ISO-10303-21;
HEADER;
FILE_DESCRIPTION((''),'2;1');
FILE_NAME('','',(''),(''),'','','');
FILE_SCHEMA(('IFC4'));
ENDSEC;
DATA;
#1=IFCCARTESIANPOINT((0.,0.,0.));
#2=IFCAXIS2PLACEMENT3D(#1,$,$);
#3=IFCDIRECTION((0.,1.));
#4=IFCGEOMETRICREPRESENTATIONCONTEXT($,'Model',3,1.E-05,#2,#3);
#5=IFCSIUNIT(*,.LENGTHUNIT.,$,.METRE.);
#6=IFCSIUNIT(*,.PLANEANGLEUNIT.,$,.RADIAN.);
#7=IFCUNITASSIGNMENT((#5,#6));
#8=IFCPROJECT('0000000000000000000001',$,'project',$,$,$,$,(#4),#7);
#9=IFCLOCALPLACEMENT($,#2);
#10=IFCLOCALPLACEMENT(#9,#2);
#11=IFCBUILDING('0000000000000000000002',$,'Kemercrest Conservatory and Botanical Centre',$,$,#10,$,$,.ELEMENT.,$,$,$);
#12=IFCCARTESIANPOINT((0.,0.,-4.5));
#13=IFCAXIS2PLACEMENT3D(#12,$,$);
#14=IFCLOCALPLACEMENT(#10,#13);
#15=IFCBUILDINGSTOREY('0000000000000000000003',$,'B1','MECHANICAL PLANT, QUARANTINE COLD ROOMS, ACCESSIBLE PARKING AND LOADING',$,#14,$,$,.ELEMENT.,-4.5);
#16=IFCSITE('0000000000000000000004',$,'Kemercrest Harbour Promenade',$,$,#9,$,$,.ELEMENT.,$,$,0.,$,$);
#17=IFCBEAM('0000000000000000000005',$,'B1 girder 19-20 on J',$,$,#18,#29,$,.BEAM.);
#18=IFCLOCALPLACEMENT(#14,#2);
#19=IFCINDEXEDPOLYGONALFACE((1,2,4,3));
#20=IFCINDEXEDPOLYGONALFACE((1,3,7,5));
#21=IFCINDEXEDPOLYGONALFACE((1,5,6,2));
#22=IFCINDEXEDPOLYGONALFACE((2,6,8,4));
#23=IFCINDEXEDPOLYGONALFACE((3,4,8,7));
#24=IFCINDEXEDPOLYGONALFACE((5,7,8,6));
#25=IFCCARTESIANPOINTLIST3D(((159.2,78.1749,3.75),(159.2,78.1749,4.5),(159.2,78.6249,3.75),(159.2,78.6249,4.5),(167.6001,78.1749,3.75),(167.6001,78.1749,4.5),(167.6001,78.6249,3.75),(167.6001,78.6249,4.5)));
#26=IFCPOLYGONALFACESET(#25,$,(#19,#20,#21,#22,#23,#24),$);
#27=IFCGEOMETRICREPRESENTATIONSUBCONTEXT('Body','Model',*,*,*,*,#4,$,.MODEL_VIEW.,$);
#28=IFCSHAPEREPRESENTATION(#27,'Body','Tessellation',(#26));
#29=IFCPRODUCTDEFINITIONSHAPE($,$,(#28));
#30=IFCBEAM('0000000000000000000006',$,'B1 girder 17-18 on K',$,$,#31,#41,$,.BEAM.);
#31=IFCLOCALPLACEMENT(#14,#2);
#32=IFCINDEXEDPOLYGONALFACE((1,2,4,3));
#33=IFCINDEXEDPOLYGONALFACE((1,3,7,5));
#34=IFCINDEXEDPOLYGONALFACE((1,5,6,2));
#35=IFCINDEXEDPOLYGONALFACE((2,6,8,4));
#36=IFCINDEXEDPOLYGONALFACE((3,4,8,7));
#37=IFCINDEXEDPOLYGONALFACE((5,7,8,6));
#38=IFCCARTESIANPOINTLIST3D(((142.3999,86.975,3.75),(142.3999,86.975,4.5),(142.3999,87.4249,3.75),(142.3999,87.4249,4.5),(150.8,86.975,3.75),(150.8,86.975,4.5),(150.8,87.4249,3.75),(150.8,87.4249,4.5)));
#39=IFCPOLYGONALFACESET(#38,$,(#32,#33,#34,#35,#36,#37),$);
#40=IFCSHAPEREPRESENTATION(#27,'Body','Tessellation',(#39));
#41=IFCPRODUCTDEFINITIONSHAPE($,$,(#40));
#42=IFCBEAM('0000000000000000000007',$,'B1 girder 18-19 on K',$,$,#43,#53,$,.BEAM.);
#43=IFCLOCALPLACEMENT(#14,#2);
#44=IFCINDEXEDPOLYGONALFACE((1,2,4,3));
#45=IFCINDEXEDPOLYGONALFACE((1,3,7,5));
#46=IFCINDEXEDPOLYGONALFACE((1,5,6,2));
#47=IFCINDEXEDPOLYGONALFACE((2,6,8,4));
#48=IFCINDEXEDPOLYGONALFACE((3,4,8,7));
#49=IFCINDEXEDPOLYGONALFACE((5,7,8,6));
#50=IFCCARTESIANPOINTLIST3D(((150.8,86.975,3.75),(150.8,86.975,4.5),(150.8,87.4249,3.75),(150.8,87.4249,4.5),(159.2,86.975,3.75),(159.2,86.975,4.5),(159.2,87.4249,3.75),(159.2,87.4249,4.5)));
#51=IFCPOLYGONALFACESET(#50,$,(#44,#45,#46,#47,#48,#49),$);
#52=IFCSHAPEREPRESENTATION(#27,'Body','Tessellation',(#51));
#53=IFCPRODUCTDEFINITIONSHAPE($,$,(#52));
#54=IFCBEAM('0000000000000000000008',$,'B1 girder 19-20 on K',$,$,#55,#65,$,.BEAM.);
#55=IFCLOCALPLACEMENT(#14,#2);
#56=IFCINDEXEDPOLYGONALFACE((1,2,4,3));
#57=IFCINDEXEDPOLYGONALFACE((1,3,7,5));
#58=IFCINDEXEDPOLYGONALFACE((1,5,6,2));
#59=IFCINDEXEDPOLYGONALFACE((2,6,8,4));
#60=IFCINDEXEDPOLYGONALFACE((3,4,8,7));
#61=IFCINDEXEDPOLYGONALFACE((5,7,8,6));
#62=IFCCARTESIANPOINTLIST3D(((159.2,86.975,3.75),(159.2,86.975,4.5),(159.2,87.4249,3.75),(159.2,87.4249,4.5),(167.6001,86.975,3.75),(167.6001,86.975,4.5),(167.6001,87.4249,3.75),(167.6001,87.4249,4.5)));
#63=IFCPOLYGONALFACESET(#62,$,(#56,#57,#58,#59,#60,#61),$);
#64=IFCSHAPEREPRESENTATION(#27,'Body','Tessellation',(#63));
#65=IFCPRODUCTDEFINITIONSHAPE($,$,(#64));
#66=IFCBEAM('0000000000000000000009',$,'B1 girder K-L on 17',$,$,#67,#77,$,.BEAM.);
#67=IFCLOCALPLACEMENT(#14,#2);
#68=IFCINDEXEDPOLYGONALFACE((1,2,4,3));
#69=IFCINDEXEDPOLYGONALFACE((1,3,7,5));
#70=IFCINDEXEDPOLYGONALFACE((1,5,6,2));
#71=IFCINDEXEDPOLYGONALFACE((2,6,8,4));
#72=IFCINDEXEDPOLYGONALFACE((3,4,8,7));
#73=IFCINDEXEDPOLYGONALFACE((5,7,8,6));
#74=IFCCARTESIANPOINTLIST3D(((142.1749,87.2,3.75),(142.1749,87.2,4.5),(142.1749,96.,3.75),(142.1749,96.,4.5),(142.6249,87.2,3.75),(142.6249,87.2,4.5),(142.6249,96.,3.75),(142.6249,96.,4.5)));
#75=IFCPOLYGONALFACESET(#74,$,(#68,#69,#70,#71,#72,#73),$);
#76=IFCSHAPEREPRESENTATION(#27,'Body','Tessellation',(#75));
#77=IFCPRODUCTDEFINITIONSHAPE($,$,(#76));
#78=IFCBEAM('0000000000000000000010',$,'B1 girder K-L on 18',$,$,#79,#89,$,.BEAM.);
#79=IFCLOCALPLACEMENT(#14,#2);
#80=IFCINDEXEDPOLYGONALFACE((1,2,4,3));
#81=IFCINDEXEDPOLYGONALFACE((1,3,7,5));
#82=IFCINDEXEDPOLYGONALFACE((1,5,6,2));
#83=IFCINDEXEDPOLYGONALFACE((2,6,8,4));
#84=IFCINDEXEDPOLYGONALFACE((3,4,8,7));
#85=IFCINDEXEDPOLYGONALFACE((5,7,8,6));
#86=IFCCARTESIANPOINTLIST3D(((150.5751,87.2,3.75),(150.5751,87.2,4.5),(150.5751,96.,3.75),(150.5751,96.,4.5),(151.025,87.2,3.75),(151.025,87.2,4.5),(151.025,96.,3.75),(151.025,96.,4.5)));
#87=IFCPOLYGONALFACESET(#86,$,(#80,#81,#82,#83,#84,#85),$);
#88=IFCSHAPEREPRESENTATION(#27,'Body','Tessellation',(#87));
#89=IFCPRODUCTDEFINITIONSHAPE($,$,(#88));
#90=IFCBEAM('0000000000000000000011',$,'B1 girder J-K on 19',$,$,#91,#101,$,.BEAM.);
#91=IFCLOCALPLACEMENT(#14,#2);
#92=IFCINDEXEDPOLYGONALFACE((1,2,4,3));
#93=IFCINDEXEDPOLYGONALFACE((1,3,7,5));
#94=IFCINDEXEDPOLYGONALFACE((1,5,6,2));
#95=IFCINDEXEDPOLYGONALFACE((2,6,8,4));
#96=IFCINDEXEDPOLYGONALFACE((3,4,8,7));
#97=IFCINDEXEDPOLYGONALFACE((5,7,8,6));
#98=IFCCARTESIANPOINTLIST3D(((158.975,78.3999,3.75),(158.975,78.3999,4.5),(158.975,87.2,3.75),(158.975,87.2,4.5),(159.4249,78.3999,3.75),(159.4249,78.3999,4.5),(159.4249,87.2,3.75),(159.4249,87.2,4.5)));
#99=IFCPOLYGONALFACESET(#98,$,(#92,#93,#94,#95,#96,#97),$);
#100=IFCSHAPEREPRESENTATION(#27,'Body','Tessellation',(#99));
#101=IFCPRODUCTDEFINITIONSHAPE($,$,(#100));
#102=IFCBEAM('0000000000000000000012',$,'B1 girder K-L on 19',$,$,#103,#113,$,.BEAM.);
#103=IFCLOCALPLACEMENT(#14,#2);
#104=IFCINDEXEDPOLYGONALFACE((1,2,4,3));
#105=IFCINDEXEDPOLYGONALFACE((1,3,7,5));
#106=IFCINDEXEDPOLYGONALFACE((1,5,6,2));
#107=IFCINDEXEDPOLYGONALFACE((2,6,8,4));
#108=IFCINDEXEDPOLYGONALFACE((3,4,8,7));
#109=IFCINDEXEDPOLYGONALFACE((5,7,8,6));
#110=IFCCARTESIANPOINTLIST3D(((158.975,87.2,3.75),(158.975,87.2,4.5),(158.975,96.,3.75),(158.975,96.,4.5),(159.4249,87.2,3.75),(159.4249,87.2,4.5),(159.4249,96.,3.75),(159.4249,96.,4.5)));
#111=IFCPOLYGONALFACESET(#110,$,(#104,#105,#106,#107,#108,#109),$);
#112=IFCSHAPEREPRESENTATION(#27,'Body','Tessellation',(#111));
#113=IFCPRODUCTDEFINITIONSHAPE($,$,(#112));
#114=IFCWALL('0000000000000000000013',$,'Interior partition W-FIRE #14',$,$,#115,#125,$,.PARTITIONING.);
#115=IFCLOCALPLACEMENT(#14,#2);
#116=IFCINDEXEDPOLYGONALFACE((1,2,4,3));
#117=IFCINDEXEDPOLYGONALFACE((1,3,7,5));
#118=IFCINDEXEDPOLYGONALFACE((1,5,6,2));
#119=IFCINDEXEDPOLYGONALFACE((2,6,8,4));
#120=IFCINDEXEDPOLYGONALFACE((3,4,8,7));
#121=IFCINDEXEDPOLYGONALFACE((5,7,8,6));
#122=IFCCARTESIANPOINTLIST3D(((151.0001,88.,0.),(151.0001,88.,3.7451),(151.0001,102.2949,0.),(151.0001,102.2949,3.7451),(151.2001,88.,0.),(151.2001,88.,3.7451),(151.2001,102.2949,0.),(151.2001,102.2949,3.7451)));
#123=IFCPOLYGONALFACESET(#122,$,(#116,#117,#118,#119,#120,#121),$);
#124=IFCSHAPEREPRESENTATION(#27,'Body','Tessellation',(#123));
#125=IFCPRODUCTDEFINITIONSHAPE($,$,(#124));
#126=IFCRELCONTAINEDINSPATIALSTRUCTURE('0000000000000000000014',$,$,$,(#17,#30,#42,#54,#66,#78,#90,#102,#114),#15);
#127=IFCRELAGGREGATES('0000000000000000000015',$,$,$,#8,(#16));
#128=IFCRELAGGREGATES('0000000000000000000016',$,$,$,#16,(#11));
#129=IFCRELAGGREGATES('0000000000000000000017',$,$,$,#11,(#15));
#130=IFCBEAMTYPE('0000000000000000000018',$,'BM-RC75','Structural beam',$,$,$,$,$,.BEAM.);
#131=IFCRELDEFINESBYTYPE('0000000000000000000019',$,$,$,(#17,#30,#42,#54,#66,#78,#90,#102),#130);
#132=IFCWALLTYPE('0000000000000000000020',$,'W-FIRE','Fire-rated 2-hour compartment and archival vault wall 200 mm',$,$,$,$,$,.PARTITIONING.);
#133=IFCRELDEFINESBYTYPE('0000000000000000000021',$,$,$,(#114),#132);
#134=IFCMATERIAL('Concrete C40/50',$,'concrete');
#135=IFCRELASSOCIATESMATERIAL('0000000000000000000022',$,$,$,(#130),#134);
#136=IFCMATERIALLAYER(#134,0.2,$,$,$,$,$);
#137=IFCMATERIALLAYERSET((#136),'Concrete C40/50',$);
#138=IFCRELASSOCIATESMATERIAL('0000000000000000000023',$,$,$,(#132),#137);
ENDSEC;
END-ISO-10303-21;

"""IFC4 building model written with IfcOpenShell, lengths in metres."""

from ifc_helpers import new_model, si_unit, direction, frame, frame_2d, origin, origin_2d, place, context, subcontext, project, spatial, rectangle, extrude, material, layer, layer_set, material_profile, profile_set, type_object, element, save


model = new_model("IFC4")

# Units and contexts
model_context = context("Model", 3, precision=1e-05, world=origin(), true_north=direction((0.0, 1.0)))
body_context = subcontext(model_context, "Body", "Model", "MODEL_VIEW")
ifc_project = project(units=[si_unit("LENGTHUNIT", "METRE"), si_unit("PLANEANGLEUNIT", "RADIAN")], contexts=[model_context])

# Site, building, storey
site_placement = place(None, origin())
site = spatial("IfcSite", under=ifc_project, at=site_placement, Name="Kemercrest Harbour Promenade", CompositionType="ELEMENT", RefElevation=0.0)
building_placement = place(site_placement, origin())
building = spatial("IfcBuilding", under=site, at=building_placement, Name="Kemercrest Conservatory and Botanical Centre", CompositionType="ELEMENT")
storey_placement = place(building_placement, frame((0.0, 0.0, -4.5)))
storey = spatial("IfcBuildingStorey", under=building, at=storey_placement, Name="B1", Description="MECHANICAL PLANT, QUARANTINE COLD ROOMS, ACCESSIBLE PARKING AND LOADING", CompositionType="ELEMENT", Elevation=-4.5)

# Shared definitions
ifc_material_1 = material(Name="Concrete C40/50", Category="concrete")

# Beams
ifc_material_profile_1 = material_profile(ifc_material_1, rectangle(XDim=0.45, YDim=0.75, at=origin_2d()), Name="RC 450x750")
ifc_profile_set_1 = profile_set([ifc_material_profile_1], Name="Concrete C40/50")
beam_type = type_object("IfcBeamType", Name="BM-RC75", Description="Structural beam", PredefinedType="BEAM", material=ifc_profile_set_1)
for number, where, z_axis, x_axis, name in (
    (1, (159.2, 78.3999, 4.125), (1.0, 0.0, 0.0), (0.0, 1.0, 0.0), "B1 girder 19-20 on J"),
    (2, (142.3999, 87.2, 4.125), (1.0, 0.0, 0.0), (0.0, 1.0, 0.0), "B1 girder 17-18 on K"),
):
    element("IfcBeam", number, at=place(storey_placement, frame(where, z_axis=z_axis, x_axis=x_axis)), inside=storey, type_object=beam_type, Name=name, PredefinedType="BEAM", context=body_context, shape_type="SweptSolid", body=[
        extrude(rectangle(XDim=0.45, YDim=0.75, at=origin_2d()), origin(), (0.0, 0.0, 1.0), 8.4001),
    ])
beam_1_placement = place(storey_placement, frame((150.8, 87.2, 4.125), z_axis=(1.0, 0.0, 0.0), x_axis=(0.0, 1.0, 0.0)))
element("IfcBeam", 3, at=beam_1_placement, inside=storey, type_object=beam_type, Name="B1 girder 18-19 on K", PredefinedType="BEAM", context=body_context, shape_type="SweptSolid", body=[
    extrude(rectangle(XDim=0.45, YDim=0.75, at=origin_2d()), origin(), (0.0, 0.0, 1.0), 8.3999),
])
beam_2_placement = place(storey_placement, frame((159.2, 87.2, 4.125), z_axis=(1.0, 0.0, 0.0), x_axis=(0.0, 1.0, 0.0)))
element("IfcBeam", 4, at=beam_2_placement, inside=storey, type_object=beam_type, Name="B1 girder 19-20 on K", PredefinedType="BEAM", context=body_context, shape_type="SweptSolid", body=[
    extrude(rectangle(XDim=0.45, YDim=0.75, at=origin_2d()), origin(), (0.0, 0.0, 1.0), 8.4001),
])
for number, where, z_axis, x_axis, name in (
    (5, (142.3999, 87.2, 4.125), (0.0, 1.0, 0.0), (-1.0, 0.0, 0.0), "B1 girder K-L on 17"),
    (6, (150.8, 87.2, 4.125), (0.0, 1.0, 0.0), (-1.0, 0.0, 0.0), "B1 girder K-L on 18"),
    (7, (159.2, 78.3999, 4.125), (0.0, 1.0, 0.0), (-1.0, 0.0, 0.0), "B1 girder J-K on 19"),
    (8, (159.2, 87.2, 4.125), (0.0, 1.0, 0.0), (-1.0, 0.0, 0.0), "B1 girder K-L on 19"),
):
    element("IfcBeam", number, at=place(storey_placement, frame(where, z_axis=z_axis, x_axis=x_axis)), inside=storey, type_object=beam_type, Name=name, PredefinedType="BEAM", context=body_context, shape_type="SweptSolid", body=[
        extrude(rectangle(XDim=0.45, YDim=0.75, at=origin_2d()), origin(), (0.0, 0.0, 1.0), 8.8),
    ])

# Wall
ifc_layer = layer(ifc_material_1, 0.2)
ifc_layer_set = layer_set([ifc_layer], Name="Concrete C40/50")
wall_type = type_object("IfcWallType", Name="W-FIRE", Description="Fire-rated 2-hour compartment and archival vault wall 200 mm", PredefinedType="PARTITIONING", material=ifc_layer_set)
wall_placement = place(storey_placement, frame((151.1001, 88.0, 0.0), z_axis=(0.0, 0.0, 1.0), x_axis=(0.0, 1.0, 0.0)))
element("IfcWall", 9, at=wall_placement, inside=storey, type_object=wall_type, Name="Interior partition W-FIRE #14", PredefinedType="PARTITIONING", context=body_context, shape_type="SweptSolid", body=[
    extrude(rectangle(XDim=14.2949, YDim=0.2, at=frame_2d((7.1475, 0.0))), origin(), (0.0, 0.0, 1.0), 3.7451),
])

save(model, "model.ifc")
